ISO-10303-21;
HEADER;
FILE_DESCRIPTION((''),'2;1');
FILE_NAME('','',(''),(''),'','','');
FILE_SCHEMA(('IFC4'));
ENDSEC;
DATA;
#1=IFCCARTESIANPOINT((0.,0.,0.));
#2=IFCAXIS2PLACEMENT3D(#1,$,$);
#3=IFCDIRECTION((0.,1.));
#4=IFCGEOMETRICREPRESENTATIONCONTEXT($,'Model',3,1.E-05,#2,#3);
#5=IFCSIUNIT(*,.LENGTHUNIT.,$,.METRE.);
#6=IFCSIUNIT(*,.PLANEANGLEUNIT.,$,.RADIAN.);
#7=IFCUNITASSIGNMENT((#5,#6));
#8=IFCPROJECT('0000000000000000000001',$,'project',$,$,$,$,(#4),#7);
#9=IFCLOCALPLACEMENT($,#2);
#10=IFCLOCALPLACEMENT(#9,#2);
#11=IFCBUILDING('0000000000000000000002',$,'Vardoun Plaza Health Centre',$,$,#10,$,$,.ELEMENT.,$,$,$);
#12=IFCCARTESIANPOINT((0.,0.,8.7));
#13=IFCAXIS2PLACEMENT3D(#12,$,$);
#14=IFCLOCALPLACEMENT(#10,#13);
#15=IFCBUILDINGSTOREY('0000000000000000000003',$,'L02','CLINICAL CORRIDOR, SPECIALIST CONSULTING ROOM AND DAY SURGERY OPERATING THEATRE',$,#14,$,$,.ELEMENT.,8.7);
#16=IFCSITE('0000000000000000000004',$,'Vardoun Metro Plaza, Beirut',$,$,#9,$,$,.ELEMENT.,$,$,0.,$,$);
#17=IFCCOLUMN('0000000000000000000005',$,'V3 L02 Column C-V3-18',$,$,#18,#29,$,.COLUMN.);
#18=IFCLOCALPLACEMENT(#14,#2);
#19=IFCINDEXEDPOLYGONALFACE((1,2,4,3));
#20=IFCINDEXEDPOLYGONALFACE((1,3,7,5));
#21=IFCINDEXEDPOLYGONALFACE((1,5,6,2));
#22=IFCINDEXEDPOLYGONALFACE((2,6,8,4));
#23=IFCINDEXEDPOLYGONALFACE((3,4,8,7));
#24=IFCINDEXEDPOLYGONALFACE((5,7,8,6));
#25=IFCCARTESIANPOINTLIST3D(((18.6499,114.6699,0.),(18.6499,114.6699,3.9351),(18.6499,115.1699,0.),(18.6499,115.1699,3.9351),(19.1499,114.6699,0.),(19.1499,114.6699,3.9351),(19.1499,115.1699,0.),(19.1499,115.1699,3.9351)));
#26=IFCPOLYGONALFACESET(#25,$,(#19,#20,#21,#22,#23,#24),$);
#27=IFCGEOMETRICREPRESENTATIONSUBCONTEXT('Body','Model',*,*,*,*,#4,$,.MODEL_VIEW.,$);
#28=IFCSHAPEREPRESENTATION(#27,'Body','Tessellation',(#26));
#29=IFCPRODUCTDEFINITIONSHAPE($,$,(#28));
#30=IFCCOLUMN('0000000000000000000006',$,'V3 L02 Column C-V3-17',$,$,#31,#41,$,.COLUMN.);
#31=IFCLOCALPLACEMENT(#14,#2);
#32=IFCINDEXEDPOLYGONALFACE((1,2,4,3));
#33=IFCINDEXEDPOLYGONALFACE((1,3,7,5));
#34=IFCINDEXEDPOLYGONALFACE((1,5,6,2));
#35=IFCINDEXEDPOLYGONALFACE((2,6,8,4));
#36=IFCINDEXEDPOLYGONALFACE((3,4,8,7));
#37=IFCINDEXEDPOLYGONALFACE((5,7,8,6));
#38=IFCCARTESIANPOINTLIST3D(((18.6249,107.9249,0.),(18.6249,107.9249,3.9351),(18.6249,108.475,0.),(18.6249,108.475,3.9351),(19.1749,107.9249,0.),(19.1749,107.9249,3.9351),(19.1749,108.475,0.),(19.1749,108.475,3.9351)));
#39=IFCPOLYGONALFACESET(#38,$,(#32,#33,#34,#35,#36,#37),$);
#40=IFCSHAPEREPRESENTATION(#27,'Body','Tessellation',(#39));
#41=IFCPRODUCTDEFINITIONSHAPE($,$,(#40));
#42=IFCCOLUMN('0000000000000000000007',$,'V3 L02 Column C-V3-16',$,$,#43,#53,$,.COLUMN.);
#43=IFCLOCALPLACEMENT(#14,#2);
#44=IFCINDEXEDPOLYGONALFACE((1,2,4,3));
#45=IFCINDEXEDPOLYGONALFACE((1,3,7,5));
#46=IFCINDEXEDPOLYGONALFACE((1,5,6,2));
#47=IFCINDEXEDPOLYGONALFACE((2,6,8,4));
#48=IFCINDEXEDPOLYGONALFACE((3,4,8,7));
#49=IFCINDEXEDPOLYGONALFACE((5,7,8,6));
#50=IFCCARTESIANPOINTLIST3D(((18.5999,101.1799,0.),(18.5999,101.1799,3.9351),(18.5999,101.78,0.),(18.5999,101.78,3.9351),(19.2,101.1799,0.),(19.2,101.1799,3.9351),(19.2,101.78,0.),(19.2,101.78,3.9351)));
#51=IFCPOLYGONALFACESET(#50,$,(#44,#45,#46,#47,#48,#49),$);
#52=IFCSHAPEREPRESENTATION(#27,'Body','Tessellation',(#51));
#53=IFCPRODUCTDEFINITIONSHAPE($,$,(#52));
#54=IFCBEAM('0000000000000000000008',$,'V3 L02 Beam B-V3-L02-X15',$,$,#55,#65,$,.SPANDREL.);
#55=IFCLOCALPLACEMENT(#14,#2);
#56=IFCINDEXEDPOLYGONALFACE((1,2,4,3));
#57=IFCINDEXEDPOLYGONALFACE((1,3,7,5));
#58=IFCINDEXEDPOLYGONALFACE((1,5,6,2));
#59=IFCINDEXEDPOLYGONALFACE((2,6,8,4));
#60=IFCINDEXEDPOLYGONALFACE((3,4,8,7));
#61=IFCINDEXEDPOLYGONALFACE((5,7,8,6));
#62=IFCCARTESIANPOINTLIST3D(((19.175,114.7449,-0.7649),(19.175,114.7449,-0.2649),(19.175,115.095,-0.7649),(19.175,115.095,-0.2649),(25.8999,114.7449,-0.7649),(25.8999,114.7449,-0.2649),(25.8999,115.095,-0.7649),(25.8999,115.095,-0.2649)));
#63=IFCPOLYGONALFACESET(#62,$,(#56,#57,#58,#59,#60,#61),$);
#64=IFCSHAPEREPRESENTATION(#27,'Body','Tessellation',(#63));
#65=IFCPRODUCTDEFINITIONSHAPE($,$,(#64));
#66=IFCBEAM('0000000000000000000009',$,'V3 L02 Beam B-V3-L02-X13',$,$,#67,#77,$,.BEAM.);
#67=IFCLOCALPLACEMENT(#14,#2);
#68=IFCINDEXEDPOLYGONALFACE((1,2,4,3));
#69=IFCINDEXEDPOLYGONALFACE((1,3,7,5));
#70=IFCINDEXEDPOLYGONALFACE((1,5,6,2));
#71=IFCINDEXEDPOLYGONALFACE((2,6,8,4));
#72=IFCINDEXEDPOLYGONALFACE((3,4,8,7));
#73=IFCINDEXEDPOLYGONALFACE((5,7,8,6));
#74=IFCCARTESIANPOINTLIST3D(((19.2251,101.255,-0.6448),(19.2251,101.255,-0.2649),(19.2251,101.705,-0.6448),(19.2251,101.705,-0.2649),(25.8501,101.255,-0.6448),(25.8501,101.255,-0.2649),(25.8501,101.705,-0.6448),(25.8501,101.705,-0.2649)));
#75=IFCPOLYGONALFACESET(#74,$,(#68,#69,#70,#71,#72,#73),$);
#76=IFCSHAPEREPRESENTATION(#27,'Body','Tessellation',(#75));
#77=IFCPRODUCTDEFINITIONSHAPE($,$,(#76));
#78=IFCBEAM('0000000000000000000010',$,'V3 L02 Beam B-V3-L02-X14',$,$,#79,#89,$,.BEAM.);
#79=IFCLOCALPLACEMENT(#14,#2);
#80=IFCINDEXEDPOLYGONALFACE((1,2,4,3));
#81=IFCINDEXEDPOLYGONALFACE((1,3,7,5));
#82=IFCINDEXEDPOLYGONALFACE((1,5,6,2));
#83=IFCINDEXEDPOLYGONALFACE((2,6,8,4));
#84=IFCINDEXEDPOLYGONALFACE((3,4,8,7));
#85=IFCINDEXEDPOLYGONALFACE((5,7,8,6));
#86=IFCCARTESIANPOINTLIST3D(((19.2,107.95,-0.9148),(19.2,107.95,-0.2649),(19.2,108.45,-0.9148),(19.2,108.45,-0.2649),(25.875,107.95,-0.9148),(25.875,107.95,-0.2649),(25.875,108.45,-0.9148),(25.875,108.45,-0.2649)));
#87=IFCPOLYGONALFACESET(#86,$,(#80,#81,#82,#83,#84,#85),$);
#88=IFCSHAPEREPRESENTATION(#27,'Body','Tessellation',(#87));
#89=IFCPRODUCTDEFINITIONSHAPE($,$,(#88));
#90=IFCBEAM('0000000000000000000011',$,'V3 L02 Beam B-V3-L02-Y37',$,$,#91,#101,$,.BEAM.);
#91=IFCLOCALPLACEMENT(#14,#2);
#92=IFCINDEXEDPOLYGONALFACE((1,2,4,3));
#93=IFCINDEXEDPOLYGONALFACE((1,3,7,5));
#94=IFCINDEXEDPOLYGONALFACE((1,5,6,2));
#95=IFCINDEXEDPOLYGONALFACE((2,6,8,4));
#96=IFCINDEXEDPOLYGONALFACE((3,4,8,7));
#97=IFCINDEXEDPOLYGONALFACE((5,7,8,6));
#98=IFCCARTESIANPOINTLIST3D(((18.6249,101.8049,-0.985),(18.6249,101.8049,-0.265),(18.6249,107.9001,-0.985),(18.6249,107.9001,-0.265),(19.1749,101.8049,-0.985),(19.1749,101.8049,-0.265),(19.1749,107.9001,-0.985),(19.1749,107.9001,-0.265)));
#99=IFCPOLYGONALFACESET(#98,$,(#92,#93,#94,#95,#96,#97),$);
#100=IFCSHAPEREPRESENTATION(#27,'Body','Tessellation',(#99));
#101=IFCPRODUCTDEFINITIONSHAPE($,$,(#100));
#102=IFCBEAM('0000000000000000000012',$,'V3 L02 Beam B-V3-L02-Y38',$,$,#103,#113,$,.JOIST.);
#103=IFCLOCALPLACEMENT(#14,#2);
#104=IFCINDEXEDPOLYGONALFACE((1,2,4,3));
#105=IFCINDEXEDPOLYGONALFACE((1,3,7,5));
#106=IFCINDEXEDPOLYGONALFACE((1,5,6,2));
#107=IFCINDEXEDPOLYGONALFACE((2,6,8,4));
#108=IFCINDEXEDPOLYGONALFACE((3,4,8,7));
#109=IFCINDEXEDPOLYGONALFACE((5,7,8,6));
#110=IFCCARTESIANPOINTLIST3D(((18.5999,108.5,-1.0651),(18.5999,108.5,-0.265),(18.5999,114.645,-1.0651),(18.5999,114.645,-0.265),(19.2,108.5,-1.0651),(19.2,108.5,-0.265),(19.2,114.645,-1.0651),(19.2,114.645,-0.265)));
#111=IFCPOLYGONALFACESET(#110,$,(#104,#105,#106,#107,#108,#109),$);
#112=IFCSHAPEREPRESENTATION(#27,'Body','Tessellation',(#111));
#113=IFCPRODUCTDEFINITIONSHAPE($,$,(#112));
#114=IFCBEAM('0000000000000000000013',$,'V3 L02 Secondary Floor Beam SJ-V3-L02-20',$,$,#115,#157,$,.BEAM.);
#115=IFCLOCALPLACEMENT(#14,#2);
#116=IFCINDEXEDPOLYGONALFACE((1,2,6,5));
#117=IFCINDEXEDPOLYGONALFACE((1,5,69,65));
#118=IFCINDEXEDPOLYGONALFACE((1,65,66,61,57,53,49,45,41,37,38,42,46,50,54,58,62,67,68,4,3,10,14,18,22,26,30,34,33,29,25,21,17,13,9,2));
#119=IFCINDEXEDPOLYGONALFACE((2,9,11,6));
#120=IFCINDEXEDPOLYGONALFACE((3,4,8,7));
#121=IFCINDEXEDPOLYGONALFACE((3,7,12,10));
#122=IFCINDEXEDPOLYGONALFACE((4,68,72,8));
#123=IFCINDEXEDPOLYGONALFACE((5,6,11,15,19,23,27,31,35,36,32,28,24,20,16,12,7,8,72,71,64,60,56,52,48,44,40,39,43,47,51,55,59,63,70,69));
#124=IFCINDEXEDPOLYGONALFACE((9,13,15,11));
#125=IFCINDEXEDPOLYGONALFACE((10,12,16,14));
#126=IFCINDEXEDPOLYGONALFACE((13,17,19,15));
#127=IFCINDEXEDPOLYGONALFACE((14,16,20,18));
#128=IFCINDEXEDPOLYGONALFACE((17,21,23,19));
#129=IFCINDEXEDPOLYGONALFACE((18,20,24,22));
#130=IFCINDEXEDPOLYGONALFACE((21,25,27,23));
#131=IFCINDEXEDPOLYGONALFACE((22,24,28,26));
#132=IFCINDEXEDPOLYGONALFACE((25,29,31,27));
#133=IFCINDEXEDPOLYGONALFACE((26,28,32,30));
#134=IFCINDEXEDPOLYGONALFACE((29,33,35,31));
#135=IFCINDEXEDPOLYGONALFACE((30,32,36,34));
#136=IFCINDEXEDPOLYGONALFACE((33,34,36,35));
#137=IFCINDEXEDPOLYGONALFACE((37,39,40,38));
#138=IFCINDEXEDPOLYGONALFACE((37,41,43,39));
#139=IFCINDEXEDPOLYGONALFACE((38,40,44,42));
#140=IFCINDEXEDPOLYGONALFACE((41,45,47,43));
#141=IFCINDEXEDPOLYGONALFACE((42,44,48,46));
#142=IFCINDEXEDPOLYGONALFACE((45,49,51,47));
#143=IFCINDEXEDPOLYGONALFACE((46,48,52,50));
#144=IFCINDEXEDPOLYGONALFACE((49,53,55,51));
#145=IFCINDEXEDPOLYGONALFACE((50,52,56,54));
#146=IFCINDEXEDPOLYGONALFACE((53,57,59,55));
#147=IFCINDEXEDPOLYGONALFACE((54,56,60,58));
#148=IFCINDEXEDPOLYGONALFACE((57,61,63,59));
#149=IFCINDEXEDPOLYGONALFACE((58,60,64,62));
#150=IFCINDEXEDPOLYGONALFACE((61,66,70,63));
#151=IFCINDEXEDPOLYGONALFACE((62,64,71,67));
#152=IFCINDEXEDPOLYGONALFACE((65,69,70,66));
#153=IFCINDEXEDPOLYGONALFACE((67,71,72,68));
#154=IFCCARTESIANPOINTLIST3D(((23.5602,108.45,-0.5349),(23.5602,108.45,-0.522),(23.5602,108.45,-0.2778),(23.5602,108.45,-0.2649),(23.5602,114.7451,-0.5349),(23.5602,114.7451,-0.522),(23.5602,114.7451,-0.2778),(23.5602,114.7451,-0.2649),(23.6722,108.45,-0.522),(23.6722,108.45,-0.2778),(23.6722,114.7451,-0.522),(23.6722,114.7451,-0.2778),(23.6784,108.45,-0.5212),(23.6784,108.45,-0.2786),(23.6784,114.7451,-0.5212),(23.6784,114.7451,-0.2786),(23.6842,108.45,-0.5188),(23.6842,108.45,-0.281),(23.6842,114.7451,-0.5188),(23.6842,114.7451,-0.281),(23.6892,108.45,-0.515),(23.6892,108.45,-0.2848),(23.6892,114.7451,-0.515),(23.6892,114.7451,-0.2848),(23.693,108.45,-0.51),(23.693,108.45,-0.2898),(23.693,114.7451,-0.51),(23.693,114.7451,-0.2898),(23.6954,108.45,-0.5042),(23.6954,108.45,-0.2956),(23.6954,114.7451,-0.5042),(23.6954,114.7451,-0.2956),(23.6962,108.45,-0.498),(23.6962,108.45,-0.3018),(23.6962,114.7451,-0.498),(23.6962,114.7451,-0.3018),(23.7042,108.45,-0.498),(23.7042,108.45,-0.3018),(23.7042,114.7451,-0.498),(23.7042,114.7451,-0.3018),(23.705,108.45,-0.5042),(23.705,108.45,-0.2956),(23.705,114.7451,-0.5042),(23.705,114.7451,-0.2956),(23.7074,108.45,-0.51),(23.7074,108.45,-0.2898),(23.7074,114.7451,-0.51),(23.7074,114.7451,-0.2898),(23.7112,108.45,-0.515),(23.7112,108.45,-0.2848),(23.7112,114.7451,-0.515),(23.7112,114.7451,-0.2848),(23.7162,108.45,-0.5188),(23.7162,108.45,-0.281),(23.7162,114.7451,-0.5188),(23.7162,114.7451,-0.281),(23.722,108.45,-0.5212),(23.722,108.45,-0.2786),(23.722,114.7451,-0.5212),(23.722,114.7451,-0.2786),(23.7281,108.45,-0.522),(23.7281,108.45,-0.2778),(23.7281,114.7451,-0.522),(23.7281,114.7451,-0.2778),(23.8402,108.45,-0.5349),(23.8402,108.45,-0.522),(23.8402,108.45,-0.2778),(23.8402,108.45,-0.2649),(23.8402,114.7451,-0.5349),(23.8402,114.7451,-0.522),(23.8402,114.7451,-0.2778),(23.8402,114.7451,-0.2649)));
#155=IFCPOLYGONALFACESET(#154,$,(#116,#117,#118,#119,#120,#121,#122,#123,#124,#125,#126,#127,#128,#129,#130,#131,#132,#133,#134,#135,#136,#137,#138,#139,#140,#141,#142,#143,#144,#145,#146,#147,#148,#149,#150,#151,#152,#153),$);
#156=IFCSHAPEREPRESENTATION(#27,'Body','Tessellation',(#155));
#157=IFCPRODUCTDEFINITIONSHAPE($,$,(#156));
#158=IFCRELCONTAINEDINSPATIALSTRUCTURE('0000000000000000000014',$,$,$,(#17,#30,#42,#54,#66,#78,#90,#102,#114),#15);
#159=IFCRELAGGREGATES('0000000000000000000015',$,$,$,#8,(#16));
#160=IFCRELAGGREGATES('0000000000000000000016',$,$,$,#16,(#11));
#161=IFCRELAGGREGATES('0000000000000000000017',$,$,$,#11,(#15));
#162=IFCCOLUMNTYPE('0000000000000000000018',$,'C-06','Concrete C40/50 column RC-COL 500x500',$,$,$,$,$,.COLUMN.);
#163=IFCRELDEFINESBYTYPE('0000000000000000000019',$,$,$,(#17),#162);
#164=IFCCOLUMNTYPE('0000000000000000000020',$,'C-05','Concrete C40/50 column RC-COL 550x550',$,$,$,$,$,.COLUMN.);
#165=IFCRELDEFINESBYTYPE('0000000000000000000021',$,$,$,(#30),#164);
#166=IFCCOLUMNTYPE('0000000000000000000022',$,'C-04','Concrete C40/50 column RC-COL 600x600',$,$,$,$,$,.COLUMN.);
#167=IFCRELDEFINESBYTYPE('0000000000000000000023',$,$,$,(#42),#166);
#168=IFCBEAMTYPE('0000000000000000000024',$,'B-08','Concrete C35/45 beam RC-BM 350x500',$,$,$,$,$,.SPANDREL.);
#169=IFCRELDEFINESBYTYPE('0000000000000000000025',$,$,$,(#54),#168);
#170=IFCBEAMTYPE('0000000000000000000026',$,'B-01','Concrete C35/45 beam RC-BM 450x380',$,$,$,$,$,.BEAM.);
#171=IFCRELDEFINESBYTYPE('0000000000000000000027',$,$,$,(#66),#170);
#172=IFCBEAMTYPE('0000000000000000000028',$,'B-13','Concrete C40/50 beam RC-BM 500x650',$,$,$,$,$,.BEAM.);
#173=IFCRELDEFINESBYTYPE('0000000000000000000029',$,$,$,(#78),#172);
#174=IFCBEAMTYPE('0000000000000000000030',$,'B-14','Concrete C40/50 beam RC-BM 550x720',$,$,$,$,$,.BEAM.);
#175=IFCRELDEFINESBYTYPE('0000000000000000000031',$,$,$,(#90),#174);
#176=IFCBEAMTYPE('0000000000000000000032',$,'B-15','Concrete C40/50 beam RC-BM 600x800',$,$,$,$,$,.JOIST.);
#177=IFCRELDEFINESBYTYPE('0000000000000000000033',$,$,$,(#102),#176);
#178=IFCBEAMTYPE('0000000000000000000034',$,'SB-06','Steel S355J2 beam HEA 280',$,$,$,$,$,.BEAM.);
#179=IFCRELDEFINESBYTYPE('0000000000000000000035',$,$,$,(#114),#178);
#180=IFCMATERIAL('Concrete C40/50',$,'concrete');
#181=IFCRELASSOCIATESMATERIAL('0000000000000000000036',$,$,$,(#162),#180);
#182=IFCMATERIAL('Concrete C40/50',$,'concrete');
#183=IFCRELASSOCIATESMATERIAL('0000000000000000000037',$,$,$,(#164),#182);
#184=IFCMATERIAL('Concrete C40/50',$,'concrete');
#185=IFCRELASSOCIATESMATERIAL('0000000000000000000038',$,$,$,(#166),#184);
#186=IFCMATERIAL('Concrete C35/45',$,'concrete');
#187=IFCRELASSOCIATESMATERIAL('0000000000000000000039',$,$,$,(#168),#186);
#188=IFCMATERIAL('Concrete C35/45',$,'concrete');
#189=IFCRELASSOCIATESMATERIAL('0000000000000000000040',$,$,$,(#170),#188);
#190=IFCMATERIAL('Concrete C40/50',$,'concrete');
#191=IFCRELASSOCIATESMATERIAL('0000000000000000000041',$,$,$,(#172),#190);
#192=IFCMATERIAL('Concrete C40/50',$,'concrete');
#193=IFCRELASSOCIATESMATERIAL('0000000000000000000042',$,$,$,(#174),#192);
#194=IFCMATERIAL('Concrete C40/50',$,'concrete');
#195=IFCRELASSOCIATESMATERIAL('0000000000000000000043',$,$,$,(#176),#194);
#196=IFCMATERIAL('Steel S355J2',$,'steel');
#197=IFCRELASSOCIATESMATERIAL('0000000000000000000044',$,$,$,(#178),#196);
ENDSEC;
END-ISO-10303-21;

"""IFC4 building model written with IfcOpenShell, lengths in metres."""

from ifc_helpers import new_model, si_unit, direction, frame, origin, origin_2d, place, context, subcontext, project, spatial, rectangle, i_section, extrude, material, material_profile, profile_set, type_object, element, save


model = new_model("IFC4")

# Units and contexts
model_context = context("Model", 3, precision=1e-05, world=origin(), true_north=direction((0.0, 1.0)))
body_context = subcontext(model_context, "Body", "Model", "MODEL_VIEW")
ifc_project = project(units=[si_unit("LENGTHUNIT", "METRE"), si_unit("PLANEANGLEUNIT", "RADIAN")], contexts=[model_context])

# Site, building, storey
site_placement = place(None, origin())
site = spatial("IfcSite", under=ifc_project, at=site_placement, Name="Vardoun Metro Plaza, Beirut", CompositionType="ELEMENT", RefElevation=0.0)
building_placement = place(site_placement, origin())
building = spatial("IfcBuilding", under=site, at=building_placement, Name="Vardoun Plaza Health Centre", CompositionType="ELEMENT")
storey_placement = place(building_placement, frame((0.0, 0.0, 8.7)))
storey = spatial("IfcBuildingStorey", under=building, at=storey_placement, Name="L02", Description="CLINICAL CORRIDOR, SPECIALIST CONSULTING ROOM AND DAY SURGERY OPERATING THEATRE", CompositionType="ELEMENT", Elevation=8.7)

# Columns
ifc_material_1 = material(Name="Concrete C40/50", Category="concrete")
ifc_material_profile_1 = material_profile(ifc_material_1, rectangle(XDim=0.5, YDim=0.5, at=origin_2d()), Name="RC-COL 500x500")
ifc_profile_set_1 = profile_set([ifc_material_profile_1], Name="Concrete C40/50")
column_type_1 = type_object("IfcColumnType", Name="C-06", Description="Concrete C40/50 column RC-COL 500x500", PredefinedType="COLUMN", material=ifc_profile_set_1)
column_1_placement = place(storey_placement, frame((18.8999, 114.9199, 0.0), z_axis=(0.0, 0.0, 1.0), x_axis=(1.0, 0.0, 0.0)))
element("IfcColumn", 1, at=column_1_placement, inside=storey, type_object=column_type_1, Name="V3 L02 Column C-V3-18", PredefinedType="COLUMN", context=body_context, shape_type="SweptSolid", body=[
    extrude(rectangle(XDim=0.5, YDim=0.5, at=origin_2d()), origin(), (0.0, 0.0, 1.0), 3.9351),
])
ifc_material_2 = material(Name="Concrete C40/50", Category="concrete")
ifc_material_profile_2 = material_profile(ifc_material_2, rectangle(XDim=0.55, YDim=0.55, at=origin_2d()), Name="RC-COL 550x550")
ifc_profile_set_2 = profile_set([ifc_material_profile_2], Name="Concrete C40/50")
column_type_2 = type_object("IfcColumnType", Name="C-05", Description="Concrete C40/50 column RC-COL 550x550", PredefinedType="COLUMN", material=ifc_profile_set_2)
column_2_placement = place(storey_placement, frame((18.8999, 108.2, 0.0), z_axis=(0.0, 0.0, 1.0), x_axis=(1.0, 0.0, 0.0)))
element("IfcColumn", 2, at=column_2_placement, inside=storey, type_object=column_type_2, Name="V3 L02 Column C-V3-17", PredefinedType="COLUMN", context=body_context, shape_type="SweptSolid", body=[
    extrude(rectangle(XDim=0.55, YDim=0.55, at=origin_2d()), origin(), (0.0, 0.0, 1.0), 3.9351),
])
ifc_material_3 = material(Name="Concrete C40/50", Category="concrete")
ifc_material_profile_3 = material_profile(ifc_material_3, rectangle(XDim=0.6001, YDim=0.6001, at=origin_2d()), Name="RC-COL 600x600")
ifc_profile_set_3 = profile_set([ifc_material_profile_3], Name="Concrete C40/50")
column_type_3 = type_object("IfcColumnType", Name="C-04", Description="Concrete C40/50 column RC-COL 600x600", PredefinedType="COLUMN", material=ifc_profile_set_3)
column_3_placement = place(storey_placement, frame((18.8999, 101.48, 0.0), z_axis=(0.0, 0.0, 1.0), x_axis=(1.0, 0.0, 0.0)))
element("IfcColumn", 3, at=column_3_placement, inside=storey, type_object=column_type_3, Name="V3 L02 Column C-V3-16", PredefinedType="COLUMN", context=body_context, shape_type="SweptSolid", body=[
    extrude(rectangle(XDim=0.6001, YDim=0.6001, at=origin_2d()), origin(), (0.0, 0.0, 1.0), 3.9351),
])

# Beams
ifc_material_4 = material(Name="Concrete C35/45", Category="concrete")
ifc_material_profile_4 = material_profile(ifc_material_4, rectangle(XDim=0.3501, YDim=0.5, at=origin_2d()), Name="RC-BM 350x500")
ifc_profile_set_4 = profile_set([ifc_material_profile_4], Name="Concrete C35/45")
beam_type_1 = type_object("IfcBeamType", Name="B-08", Description="Concrete C35/45 beam RC-BM 350x500", PredefinedType="SPANDREL", material=ifc_profile_set_4)
beam_1_placement = place(storey_placement, frame((19.175, 114.9199, -0.5149), z_axis=(1.0, 0.0, 0.0), x_axis=(0.0, 1.0, 0.0)))
element("IfcBeam", 4, at=beam_1_placement, inside=storey, type_object=beam_type_1, Name="V3 L02 Beam B-V3-L02-X15", PredefinedType="SPANDREL", context=body_context, shape_type="SweptSolid", body=[
    extrude(rectangle(XDim=0.3501, YDim=0.5, at=origin_2d()), origin(), (0.0, 0.0, 1.0), 6.7249),
])
ifc_material_5 = material(Name="Concrete C35/45", Category="concrete")
ifc_material_profile_5 = material_profile(ifc_material_5, rectangle(XDim=0.45, YDim=0.3799, at=origin_2d()), Name="RC-BM 450x380")
ifc_profile_set_5 = profile_set([ifc_material_profile_5], Name="Concrete C35/45")
beam_type_2 = type_object("IfcBeamType", Name="B-01", Description="Concrete C35/45 beam RC-BM 450x380", PredefinedType="BEAM", material=ifc_profile_set_5)
beam_2_placement = place(storey_placement, frame((19.2251, 101.48, -0.4548), z_axis=(1.0, 0.0, 0.0), x_axis=(0.0, 1.0, 0.0)))
element("IfcBeam", 5, at=beam_2_placement, inside=storey, type_object=beam_type_2, Name="V3 L02 Beam B-V3-L02-X13", PredefinedType="BEAM", context=body_context, shape_type="SweptSolid", body=[
    extrude(rectangle(XDim=0.45, YDim=0.3799, at=origin_2d()), origin(), (0.0, 0.0, 1.0), 6.625),
])
ifc_material_6 = material(Name="Concrete C40/50", Category="concrete")
ifc_material_profile_6 = material_profile(ifc_material_6, rectangle(XDim=0.5, YDim=0.6499, at=origin_2d()), Name="RC-BM 500x650")
ifc_profile_set_6 = profile_set([ifc_material_profile_6], Name="Concrete C40/50")
beam_type_3 = type_object("IfcBeamType", Name="B-13", Description="Concrete C40/50 beam RC-BM 500x650", PredefinedType="BEAM", material=ifc_profile_set_6)
beam_3_placement = place(storey_placement, frame((19.2, 108.2, -0.5898), z_axis=(1.0, 0.0, 0.0), x_axis=(0.0, 1.0, 0.0)))
element("IfcBeam", 6, at=beam_3_placement, inside=storey, type_object=beam_type_3, Name="V3 L02 Beam B-V3-L02-X14", PredefinedType="BEAM", context=body_context, shape_type="SweptSolid", body=[
    extrude(rectangle(XDim=0.5, YDim=0.6499, at=origin_2d()), origin(), (0.0, 0.0, 1.0), 6.675),
])
ifc_material_7 = material(Name="Concrete C40/50", Category="concrete")
ifc_material_profile_7 = material_profile(ifc_material_7, rectangle(XDim=0.55, YDim=0.72, at=origin_2d()), Name="RC-BM 550x720")
ifc_profile_set_7 = profile_set([ifc_material_profile_7], Name="Concrete C40/50")
beam_type_4 = type_object("IfcBeamType", Name="B-14", Description="Concrete C40/50 beam RC-BM 550x720", PredefinedType="BEAM", material=ifc_profile_set_7)
beam_4_placement = place(storey_placement, frame((18.8999, 101.8049, -0.625), z_axis=(0.0, 1.0, 0.0), x_axis=(-1.0, 0.0, 0.0)))
element("IfcBeam", 7, at=beam_4_placement, inside=storey, type_object=beam_type_4, Name="V3 L02 Beam B-V3-L02-Y37", PredefinedType="BEAM", context=body_context, shape_type="SweptSolid", body=[
    extrude(rectangle(XDim=0.55, YDim=0.72, at=origin_2d()), origin(), (0.0, 0.0, 1.0), 6.0952),
])
ifc_material_8 = material(Name="Concrete C40/50", Category="concrete")
ifc_material_profile_8 = material_profile(ifc_material_8, rectangle(XDim=0.6001, YDim=0.8, at=origin_2d()), Name="RC-BM 600x800")
ifc_profile_set_8 = profile_set([ifc_material_profile_8], Name="Concrete C40/50")
beam_type_5 = type_object("IfcBeamType", Name="B-15", Description="Concrete C40/50 beam RC-BM 600x800", PredefinedType="JOIST", material=ifc_profile_set_8)
beam_5_placement = place(storey_placement, frame((18.8999, 108.5, -0.665), z_axis=(0.0, 1.0, 0.0), x_axis=(-1.0, 0.0, 0.0)))
element("IfcBeam", 8, at=beam_5_placement, inside=storey, type_object=beam_type_5, Name="V3 L02 Beam B-V3-L02-Y38", PredefinedType="JOIST", context=body_context, shape_type="SweptSolid", body=[
    extrude(rectangle(XDim=0.6001, YDim=0.8, at=origin_2d()), origin(), (0.0, 0.0, 1.0), 6.145),
])
ifc_material_9 = material(Name="Steel S355J2", Category="steel")
ifc_material_profile_9 = material_profile(ifc_material_9, i_section(OverallWidth=0.28, OverallDepth=0.27, WebThickness=0.0081, FlangeThickness=0.0129, FilletRadius=0.0239, at=origin_2d()), Name="HEA 280")
ifc_profile_set_9 = profile_set([ifc_material_profile_9], Name="Steel S355J2")
beam_type_6 = type_object("IfcBeamType", Name="SB-06", Description="Steel S355J2 beam HEA 280", PredefinedType="BEAM", material=ifc_profile_set_9)
beam_6_placement = place(storey_placement, frame((23.7002, 108.45, -0.3999), z_axis=(0.0, 1.0, 0.0), x_axis=(-1.0, 0.0, 0.0)))
element("IfcBeam", 9, at=beam_6_placement, inside=storey, type_object=beam_type_6, Name="V3 L02 Secondary Floor Beam SJ-V3-L02-20", PredefinedType="BEAM", context=body_context, shape_type="SweptSolid", body=[
    extrude(i_section(OverallWidth=0.28, OverallDepth=0.27, WebThickness=0.0081, FlangeThickness=0.0129, FilletRadius=0.0239, at=origin_2d()), origin(), (0.0, 0.0, 1.0), 6.2952),
])

save(model, "model.ifc")
